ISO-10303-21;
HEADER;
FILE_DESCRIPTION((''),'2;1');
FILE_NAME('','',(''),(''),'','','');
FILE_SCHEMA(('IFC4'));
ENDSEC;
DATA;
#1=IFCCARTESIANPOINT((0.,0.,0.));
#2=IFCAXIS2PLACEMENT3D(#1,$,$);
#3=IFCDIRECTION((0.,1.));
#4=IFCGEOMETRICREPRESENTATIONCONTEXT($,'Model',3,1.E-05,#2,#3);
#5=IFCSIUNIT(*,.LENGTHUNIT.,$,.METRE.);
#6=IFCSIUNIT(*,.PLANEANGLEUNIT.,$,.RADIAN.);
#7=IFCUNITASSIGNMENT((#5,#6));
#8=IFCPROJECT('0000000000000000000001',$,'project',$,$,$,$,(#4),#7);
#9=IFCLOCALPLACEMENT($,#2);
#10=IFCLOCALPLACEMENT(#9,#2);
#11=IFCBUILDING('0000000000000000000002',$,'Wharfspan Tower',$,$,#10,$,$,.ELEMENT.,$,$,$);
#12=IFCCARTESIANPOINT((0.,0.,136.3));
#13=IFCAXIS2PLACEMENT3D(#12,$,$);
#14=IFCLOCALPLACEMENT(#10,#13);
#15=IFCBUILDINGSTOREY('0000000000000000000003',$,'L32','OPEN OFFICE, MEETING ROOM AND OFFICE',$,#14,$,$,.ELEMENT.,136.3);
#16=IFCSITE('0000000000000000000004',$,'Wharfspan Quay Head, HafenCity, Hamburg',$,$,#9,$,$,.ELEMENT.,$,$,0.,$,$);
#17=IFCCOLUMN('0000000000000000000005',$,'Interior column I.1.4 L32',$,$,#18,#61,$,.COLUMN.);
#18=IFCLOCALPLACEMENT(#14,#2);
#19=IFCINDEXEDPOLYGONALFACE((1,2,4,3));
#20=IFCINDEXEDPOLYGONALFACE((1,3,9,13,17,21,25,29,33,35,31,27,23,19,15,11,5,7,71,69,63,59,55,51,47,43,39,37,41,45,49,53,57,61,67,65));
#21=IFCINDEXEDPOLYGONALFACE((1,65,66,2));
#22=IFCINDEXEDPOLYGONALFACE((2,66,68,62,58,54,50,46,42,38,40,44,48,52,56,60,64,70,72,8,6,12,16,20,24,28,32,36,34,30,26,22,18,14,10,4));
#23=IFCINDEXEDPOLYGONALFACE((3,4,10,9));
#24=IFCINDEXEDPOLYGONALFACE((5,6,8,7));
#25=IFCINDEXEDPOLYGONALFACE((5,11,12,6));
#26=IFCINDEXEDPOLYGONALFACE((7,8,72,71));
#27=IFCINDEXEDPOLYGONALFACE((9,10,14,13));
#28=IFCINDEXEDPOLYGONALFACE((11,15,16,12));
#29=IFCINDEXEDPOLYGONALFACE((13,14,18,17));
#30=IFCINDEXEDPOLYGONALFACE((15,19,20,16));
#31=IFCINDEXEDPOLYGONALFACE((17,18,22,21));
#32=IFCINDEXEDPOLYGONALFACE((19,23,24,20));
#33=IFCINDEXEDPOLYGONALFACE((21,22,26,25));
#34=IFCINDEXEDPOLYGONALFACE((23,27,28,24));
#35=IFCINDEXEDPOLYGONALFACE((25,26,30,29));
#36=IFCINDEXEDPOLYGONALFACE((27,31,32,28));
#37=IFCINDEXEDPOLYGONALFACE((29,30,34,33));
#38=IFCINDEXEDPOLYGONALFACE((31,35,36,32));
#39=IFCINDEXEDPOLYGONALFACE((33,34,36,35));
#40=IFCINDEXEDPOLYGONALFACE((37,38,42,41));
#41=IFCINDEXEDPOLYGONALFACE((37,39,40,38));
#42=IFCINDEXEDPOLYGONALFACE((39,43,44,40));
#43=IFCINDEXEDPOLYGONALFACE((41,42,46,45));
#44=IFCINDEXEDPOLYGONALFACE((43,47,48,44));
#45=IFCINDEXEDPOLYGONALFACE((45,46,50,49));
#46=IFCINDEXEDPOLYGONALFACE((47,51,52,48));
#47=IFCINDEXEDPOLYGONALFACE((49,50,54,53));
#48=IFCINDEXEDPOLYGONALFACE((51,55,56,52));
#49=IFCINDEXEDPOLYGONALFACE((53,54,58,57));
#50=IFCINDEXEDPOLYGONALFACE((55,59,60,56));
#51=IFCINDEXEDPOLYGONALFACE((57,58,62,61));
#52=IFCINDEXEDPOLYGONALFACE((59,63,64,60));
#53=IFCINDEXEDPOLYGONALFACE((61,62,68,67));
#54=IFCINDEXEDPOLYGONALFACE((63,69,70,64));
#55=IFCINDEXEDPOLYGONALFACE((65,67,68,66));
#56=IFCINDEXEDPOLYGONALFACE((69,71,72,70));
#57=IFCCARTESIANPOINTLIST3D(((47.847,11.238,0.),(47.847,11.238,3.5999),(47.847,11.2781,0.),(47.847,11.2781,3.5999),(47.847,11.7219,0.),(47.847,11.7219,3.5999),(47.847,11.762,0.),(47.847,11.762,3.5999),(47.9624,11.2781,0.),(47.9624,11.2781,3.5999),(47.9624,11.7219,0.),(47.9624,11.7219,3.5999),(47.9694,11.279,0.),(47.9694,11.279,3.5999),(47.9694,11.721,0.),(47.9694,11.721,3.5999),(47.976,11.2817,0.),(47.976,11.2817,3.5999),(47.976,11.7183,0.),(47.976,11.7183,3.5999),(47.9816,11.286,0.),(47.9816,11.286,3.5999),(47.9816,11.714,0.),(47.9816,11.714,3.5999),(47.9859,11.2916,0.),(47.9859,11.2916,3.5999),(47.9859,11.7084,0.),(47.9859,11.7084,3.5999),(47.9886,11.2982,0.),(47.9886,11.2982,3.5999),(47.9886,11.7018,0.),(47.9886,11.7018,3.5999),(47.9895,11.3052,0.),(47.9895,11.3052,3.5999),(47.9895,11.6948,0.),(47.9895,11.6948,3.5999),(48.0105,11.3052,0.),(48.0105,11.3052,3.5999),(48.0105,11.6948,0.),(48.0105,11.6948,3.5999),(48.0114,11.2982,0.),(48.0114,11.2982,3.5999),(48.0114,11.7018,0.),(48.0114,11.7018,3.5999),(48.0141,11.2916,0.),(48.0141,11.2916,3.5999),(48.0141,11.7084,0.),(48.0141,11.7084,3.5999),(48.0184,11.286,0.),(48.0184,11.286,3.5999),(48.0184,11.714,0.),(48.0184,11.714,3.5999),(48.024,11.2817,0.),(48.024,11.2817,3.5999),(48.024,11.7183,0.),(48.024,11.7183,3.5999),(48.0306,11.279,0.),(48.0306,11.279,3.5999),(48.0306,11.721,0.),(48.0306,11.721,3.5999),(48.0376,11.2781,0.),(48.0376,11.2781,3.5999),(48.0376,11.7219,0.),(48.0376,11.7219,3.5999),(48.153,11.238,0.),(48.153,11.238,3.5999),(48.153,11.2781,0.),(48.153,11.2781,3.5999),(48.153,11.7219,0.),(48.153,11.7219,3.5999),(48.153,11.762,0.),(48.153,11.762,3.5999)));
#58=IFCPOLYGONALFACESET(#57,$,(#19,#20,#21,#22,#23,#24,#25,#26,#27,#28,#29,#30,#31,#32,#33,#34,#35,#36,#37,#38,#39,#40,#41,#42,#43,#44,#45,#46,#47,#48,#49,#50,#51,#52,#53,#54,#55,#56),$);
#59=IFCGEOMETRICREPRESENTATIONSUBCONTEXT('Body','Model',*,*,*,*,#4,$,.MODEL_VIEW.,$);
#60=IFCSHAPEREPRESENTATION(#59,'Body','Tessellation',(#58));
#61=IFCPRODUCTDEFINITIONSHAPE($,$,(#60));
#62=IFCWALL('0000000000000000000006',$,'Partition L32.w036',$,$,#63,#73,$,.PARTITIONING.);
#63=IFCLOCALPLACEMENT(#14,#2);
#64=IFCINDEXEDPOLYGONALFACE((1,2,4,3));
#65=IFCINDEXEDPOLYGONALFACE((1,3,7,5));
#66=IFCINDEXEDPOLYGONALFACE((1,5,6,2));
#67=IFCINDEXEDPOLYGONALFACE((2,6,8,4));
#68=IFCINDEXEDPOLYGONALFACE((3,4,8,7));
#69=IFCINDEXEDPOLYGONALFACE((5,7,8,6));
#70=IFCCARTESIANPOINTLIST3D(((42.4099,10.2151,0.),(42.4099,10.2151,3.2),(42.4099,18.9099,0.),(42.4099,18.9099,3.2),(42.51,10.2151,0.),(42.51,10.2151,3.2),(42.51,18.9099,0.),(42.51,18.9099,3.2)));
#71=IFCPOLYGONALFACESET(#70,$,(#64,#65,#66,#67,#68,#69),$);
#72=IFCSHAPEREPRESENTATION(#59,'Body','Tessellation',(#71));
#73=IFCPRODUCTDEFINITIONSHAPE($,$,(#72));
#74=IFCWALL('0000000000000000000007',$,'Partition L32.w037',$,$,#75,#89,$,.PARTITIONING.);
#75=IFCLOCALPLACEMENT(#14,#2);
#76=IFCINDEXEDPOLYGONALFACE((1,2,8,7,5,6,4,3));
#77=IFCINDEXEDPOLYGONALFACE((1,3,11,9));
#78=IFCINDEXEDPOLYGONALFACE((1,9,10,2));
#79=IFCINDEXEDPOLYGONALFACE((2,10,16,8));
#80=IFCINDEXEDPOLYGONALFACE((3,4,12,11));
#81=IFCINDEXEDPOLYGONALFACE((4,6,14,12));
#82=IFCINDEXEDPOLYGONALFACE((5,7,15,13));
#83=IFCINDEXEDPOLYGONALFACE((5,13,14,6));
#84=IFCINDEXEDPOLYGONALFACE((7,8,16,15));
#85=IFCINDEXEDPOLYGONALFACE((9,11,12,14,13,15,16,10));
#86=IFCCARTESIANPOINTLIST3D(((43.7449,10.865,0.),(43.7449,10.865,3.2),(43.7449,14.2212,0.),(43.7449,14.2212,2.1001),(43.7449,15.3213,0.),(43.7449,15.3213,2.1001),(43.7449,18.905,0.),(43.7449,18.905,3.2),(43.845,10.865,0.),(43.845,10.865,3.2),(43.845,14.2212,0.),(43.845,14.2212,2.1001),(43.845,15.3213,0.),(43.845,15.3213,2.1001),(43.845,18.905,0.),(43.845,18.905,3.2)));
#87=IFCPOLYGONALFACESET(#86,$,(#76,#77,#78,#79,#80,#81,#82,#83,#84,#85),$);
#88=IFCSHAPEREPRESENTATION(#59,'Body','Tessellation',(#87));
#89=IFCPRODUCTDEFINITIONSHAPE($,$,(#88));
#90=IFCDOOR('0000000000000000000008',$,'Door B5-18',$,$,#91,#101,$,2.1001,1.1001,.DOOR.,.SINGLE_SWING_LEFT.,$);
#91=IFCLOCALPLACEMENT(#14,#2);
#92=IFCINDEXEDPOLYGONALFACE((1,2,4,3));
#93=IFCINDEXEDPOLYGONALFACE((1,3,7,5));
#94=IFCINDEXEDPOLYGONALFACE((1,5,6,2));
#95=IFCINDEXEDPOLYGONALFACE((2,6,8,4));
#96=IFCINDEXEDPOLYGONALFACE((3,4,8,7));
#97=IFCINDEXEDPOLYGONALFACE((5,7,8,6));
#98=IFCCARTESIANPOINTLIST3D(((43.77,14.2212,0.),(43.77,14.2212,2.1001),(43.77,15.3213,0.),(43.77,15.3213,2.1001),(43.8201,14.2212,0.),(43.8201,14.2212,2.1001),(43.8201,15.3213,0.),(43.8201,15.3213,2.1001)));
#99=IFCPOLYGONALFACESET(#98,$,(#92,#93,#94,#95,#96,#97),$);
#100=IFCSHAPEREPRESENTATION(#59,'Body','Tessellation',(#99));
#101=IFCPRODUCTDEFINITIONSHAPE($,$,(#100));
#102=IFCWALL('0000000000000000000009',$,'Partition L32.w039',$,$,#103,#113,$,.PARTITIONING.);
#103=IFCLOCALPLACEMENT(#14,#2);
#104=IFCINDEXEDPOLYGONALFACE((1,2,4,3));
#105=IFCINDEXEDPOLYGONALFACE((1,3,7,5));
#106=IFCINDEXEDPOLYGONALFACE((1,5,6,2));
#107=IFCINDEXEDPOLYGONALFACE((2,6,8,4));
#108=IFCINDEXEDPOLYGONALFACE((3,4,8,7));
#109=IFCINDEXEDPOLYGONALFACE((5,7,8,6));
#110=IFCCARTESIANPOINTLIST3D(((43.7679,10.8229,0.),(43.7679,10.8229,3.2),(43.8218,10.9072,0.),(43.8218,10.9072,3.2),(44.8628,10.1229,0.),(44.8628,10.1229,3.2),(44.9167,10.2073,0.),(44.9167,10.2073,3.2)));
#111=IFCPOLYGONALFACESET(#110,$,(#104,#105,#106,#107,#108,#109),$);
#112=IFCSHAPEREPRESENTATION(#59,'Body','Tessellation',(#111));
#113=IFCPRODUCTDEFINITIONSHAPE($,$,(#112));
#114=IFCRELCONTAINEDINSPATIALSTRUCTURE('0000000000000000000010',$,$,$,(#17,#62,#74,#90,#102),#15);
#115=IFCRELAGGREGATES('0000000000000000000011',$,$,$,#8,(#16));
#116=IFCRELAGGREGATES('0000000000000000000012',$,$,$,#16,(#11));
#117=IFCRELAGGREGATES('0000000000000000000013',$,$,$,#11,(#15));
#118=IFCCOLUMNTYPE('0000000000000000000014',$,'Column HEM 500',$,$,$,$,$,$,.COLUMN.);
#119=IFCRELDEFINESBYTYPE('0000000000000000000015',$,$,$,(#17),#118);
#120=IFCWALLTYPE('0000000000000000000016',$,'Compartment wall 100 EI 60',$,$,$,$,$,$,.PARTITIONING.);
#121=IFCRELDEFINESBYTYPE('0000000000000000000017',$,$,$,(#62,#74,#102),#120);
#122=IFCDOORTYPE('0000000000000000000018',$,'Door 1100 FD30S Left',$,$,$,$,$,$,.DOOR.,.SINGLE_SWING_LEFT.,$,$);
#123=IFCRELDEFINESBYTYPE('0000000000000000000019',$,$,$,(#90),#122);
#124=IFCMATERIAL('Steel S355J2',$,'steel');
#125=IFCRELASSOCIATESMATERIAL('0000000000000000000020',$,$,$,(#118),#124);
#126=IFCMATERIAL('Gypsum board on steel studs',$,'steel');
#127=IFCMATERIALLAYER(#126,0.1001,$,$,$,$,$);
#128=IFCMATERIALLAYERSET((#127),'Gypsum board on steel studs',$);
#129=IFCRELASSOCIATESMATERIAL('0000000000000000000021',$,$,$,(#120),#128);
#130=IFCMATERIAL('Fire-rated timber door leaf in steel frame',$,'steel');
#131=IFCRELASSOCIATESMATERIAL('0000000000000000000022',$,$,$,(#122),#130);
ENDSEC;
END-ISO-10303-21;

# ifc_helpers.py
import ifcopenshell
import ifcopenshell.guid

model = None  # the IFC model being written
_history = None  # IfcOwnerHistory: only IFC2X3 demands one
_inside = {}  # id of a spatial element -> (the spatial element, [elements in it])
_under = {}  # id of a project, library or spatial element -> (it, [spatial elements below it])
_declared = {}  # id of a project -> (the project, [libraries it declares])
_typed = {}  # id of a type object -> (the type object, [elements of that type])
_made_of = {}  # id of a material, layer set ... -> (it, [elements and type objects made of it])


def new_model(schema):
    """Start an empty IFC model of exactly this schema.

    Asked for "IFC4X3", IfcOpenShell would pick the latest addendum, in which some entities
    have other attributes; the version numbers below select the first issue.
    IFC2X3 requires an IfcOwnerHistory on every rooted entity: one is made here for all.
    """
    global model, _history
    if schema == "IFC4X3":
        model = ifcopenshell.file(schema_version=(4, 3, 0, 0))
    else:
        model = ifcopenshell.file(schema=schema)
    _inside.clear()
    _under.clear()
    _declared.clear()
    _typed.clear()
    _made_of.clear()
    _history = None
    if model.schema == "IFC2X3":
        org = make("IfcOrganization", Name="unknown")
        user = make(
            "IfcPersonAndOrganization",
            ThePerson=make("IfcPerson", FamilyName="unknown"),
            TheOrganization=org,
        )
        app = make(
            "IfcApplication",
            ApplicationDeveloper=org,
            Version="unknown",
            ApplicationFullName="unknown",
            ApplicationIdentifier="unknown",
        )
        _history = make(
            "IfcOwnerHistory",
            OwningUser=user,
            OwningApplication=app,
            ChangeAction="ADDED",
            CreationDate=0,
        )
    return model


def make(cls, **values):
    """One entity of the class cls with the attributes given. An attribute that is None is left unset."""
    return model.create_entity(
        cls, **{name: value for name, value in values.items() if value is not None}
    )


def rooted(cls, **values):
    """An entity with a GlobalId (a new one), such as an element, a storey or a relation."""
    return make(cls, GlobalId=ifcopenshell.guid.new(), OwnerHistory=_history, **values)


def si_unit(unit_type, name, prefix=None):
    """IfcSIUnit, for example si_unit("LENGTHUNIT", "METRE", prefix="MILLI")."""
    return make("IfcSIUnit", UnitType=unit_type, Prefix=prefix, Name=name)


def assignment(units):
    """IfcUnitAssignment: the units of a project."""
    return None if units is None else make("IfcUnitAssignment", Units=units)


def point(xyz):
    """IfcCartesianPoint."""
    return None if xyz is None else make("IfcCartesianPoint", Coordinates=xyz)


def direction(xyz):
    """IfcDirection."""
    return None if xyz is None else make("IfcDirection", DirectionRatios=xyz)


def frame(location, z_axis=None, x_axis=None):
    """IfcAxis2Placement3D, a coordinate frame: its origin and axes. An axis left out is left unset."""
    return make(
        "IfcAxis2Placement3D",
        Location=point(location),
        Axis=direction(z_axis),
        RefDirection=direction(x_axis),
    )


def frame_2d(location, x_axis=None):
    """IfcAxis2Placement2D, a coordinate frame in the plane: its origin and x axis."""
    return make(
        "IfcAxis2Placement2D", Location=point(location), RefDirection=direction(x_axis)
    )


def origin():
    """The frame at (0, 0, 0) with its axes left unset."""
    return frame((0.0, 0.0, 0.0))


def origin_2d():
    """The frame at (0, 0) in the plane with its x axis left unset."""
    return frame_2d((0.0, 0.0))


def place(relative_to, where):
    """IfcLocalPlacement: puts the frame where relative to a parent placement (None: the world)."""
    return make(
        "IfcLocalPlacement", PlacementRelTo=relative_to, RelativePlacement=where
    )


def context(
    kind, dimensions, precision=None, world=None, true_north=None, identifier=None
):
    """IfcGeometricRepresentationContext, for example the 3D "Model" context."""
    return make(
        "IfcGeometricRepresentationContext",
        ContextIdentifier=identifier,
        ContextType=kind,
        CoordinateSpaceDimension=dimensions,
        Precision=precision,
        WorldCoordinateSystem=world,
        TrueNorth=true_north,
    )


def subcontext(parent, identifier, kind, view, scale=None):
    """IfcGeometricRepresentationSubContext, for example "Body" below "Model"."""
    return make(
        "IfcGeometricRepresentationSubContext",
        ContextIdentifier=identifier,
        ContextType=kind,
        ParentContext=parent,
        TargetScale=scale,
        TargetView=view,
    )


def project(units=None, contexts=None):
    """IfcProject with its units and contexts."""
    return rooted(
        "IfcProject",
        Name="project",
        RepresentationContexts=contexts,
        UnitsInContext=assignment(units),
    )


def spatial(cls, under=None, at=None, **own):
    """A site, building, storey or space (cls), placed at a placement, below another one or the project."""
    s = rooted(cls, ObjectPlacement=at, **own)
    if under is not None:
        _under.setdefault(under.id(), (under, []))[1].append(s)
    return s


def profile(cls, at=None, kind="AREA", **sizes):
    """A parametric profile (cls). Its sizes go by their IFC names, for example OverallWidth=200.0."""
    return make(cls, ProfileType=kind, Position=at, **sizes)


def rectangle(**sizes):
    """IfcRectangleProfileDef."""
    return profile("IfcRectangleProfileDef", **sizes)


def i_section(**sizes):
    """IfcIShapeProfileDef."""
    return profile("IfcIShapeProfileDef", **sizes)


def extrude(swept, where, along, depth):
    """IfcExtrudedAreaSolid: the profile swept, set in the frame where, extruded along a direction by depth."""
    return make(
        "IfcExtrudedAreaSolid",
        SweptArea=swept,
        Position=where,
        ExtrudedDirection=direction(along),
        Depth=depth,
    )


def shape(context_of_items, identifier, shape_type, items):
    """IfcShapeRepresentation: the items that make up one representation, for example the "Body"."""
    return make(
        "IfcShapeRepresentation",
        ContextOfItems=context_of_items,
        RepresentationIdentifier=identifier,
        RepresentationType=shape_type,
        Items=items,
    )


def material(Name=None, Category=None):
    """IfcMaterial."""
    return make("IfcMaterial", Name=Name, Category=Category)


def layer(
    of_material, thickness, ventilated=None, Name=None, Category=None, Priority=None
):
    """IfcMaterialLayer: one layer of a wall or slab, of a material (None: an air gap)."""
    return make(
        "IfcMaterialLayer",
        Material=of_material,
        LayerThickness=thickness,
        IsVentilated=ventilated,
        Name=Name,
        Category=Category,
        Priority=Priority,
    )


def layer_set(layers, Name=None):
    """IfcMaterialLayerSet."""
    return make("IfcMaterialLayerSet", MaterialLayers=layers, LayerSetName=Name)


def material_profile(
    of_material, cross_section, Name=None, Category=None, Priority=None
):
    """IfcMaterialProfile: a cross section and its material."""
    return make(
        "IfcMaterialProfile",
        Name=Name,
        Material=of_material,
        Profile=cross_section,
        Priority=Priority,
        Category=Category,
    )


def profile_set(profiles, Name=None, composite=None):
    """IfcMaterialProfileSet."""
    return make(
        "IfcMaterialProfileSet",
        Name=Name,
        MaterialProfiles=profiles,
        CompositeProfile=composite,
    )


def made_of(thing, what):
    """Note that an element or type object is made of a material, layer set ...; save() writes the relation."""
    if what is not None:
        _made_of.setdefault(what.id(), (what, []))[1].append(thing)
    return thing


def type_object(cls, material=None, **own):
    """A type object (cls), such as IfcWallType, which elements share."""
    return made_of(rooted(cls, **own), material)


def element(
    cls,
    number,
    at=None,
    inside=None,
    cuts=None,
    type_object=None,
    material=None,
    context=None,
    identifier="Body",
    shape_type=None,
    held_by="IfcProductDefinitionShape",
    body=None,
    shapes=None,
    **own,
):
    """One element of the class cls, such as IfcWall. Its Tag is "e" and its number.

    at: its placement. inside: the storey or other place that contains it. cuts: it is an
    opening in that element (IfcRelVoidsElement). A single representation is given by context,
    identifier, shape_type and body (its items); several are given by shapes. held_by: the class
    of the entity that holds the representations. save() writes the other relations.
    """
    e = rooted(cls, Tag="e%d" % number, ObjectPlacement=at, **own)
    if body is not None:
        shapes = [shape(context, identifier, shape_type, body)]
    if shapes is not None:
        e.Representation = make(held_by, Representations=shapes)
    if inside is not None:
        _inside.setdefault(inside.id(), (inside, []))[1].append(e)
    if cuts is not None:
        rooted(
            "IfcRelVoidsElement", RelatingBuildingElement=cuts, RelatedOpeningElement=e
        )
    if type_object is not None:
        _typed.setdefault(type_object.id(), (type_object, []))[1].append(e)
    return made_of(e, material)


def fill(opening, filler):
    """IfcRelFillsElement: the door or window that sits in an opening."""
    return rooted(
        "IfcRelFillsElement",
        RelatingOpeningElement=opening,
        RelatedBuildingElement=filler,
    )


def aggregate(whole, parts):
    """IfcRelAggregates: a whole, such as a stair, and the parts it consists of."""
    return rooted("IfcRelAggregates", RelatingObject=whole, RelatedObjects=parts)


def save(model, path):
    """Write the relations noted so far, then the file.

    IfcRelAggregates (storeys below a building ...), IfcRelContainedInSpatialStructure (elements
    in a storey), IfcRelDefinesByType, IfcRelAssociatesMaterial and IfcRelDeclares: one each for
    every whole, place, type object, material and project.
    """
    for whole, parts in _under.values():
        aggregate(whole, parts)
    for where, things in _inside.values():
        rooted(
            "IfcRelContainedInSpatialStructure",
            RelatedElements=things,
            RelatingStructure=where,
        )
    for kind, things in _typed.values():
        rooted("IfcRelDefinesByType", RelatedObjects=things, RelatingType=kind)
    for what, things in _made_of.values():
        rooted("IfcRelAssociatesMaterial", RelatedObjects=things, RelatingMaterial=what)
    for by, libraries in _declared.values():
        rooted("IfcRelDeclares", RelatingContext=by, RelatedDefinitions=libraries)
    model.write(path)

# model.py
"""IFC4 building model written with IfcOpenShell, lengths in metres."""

from ifc_helpers import new_model, si_unit, direction, frame, frame_2d, origin, origin_2d, place, context, subcontext, project, spatial, rectangle, i_section, extrude, material, layer, layer_set, material_profile, profile_set, type_object, element, fill, save


model = new_model("IFC4")

# Units and contexts
model_context = context("Model", 3, precision=1e-05, world=origin(), true_north=direction((0.0, 1.0)))
body_context = subcontext(model_context, "Body", "Model", "MODEL_VIEW")
ifc_project = project(units=[si_unit("LENGTHUNIT", "METRE"), si_unit("PLANEANGLEUNIT", "RADIAN")], contexts=[model_context])

# Site, building, storey
site_placement = place(None, origin())
site = spatial("IfcSite", under=ifc_project, at=site_placement, Name="Wharfspan Quay Head, HafenCity, Hamburg", CompositionType="ELEMENT", RefElevation=0.0)
building_placement = place(site_placement, origin())
building = spatial("IfcBuilding", under=site, at=building_placement, Name="Wharfspan Tower", CompositionType="ELEMENT")
storey_placement = place(building_placement, frame((0.0, 0.0, 136.3)))
storey = spatial("IfcBuildingStorey", under=building, at=storey_placement, Name="L32", Description="OPEN OFFICE, MEETING ROOM AND OFFICE", CompositionType="ELEMENT", Elevation=136.3)

# Column
ifc_material_1 = material(Name="Steel S355J2", Category="steel")
ifc_material_profile = material_profile(ifc_material_1, i_section(OverallWidth=0.3059, OverallDepth=0.5239, WebThickness=0.021, FlangeThickness=0.04, FilletRadius=0.0271, at=origin_2d()))
ifc_profile_set = profile_set([ifc_material_profile], Name="Steel S355J2")
column_type = type_object("IfcColumnType", Name="Column HEM 500", PredefinedType="COLUMN", material=ifc_profile_set)
column_placement = place(storey_placement, frame((48.0, 11.5, 0.0), z_axis=(0.0, 0.0, 1.0), x_axis=(1.0, 0.0, 0.0)))
element("IfcColumn", 1, at=column_placement, inside=storey, type_object=column_type, Name="Interior column I.1.4 L32", PredefinedType="COLUMN", context=body_context, shape_type="SweptSolid", body=[
    extrude(i_section(OverallWidth=0.3059, OverallDepth=0.5239, WebThickness=0.021, FlangeThickness=0.04, FilletRadius=0.0271, at=origin_2d()), origin(), (0.0, 0.0, 1.0), 3.5999),
])

# Wall
ifc_material_2 = material(Name="Gypsum board on steel studs", Category="steel")
ifc_layer = layer(ifc_material_2, 0.1001)
ifc_layer_set = layer_set([ifc_layer], Name="Gypsum board on steel studs")
wall_type = type_object("IfcWallType", Name="Compartment wall 100 EI 60", PredefinedType="PARTITIONING", material=ifc_layer_set)
wall_1_placement = place(storey_placement, frame((42.46, 10.2151, 0.0), z_axis=(0.0, 0.0, 1.0), x_axis=(0.0, 1.0, 0.0)))
element("IfcWall", 2, at=wall_1_placement, inside=storey, type_object=wall_type, Name="Partition L32.w036", PredefinedType="PARTITIONING", context=body_context, shape_type="SweptSolid", body=[
    extrude(rectangle(XDim=8.6948, YDim=0.1001, at=frame_2d((4.3474, 0.0))), origin(), (0.0, 0.0, 1.0), 3.2),
])

# Wall, opening, door
wall_2_placement = place(storey_placement, frame((43.7949, 10.865, 0.0), z_axis=(0.0, 0.0, 1.0), x_axis=(0.0, 1.0, 0.0)))
wall_2 = element("IfcWall", 3, at=wall_2_placement, inside=storey, type_object=wall_type, Name="Partition L32.w037", PredefinedType="PARTITIONING", context=body_context, shape_type="SweptSolid", body=[
    extrude(rectangle(XDim=8.04, YDim=0.1001, at=frame_2d((4.02, 0.0))), origin(), (0.0, 0.0, 1.0), 3.2),
])
opening_1_placement = place(wall_2_placement, frame((3.3562, 0.0, 0.0)))
opening_1 = element("IfcOpeningElement", 4, at=opening_1_placement, cuts=wall_2, PredefinedType="OPENING", context=body_context, shape_type="SweptSolid", body=[
    extrude(rectangle(XDim=1.1001, YDim=2.1001, at=frame_2d((0.55, 1.05))), frame((0.0, 0.0601, 0.0), z_axis=(0.0, -1.0, 0.0), x_axis=(1.0, 0.0, 0.0)), (0.0, 0.0, 1.0), 0.1201),
])
ifc_material_3 = material(Name="Fire-rated timber door leaf in steel frame", Category="steel")
door_type_1 = type_object("IfcDoorType", Name="Door 1100 FD30S Left", OperationType="SINGLE_SWING_LEFT", PredefinedType="DOOR", material=ifc_material_3)
door_1_placement = place(opening_1_placement, origin())
door_1 = element("IfcDoor", 5, at=door_1_placement, inside=storey, type_object=door_type_1, Name="Door B5-18", OperationType="SINGLE_SWING_LEFT", OverallHeight=2.1001, OverallWidth=1.1001, PredefinedType="DOOR", context=body_context, shape_type="SweptSolid", body=[
    extrude(rectangle(XDim=1.1001, YDim=2.1001, at=frame_2d((0.55, 1.05))), frame((0.0, 0.0249, 0.0), z_axis=(0.0, -1.0, 0.0), x_axis=(1.0, 0.0, 0.0)), (0.0, 0.0, 1.0), 0.05),
])
fill(opening_1, door_1)

# Wall
wall_3_placement = place(storey_placement, frame((44.8899, 10.165, 0.0), z_axis=(0.0, 0.0, 1.0), x_axis=(-0.842559, 0.538599, 0.0)))
element("IfcWall", 6, at=wall_3_placement, inside=storey, type_object=wall_type, Name="Partition L32.w039", PredefinedType="PARTITIONING", context=body_context, shape_type="SweptSolid", body=[
    extrude(rectangle(XDim=1.2996, YDim=0.1001, at=frame_2d((0.6499, 0.0))), origin(), (0.0, 0.0, 1.0), 3.2),
])

save(model, "model.ifc")
